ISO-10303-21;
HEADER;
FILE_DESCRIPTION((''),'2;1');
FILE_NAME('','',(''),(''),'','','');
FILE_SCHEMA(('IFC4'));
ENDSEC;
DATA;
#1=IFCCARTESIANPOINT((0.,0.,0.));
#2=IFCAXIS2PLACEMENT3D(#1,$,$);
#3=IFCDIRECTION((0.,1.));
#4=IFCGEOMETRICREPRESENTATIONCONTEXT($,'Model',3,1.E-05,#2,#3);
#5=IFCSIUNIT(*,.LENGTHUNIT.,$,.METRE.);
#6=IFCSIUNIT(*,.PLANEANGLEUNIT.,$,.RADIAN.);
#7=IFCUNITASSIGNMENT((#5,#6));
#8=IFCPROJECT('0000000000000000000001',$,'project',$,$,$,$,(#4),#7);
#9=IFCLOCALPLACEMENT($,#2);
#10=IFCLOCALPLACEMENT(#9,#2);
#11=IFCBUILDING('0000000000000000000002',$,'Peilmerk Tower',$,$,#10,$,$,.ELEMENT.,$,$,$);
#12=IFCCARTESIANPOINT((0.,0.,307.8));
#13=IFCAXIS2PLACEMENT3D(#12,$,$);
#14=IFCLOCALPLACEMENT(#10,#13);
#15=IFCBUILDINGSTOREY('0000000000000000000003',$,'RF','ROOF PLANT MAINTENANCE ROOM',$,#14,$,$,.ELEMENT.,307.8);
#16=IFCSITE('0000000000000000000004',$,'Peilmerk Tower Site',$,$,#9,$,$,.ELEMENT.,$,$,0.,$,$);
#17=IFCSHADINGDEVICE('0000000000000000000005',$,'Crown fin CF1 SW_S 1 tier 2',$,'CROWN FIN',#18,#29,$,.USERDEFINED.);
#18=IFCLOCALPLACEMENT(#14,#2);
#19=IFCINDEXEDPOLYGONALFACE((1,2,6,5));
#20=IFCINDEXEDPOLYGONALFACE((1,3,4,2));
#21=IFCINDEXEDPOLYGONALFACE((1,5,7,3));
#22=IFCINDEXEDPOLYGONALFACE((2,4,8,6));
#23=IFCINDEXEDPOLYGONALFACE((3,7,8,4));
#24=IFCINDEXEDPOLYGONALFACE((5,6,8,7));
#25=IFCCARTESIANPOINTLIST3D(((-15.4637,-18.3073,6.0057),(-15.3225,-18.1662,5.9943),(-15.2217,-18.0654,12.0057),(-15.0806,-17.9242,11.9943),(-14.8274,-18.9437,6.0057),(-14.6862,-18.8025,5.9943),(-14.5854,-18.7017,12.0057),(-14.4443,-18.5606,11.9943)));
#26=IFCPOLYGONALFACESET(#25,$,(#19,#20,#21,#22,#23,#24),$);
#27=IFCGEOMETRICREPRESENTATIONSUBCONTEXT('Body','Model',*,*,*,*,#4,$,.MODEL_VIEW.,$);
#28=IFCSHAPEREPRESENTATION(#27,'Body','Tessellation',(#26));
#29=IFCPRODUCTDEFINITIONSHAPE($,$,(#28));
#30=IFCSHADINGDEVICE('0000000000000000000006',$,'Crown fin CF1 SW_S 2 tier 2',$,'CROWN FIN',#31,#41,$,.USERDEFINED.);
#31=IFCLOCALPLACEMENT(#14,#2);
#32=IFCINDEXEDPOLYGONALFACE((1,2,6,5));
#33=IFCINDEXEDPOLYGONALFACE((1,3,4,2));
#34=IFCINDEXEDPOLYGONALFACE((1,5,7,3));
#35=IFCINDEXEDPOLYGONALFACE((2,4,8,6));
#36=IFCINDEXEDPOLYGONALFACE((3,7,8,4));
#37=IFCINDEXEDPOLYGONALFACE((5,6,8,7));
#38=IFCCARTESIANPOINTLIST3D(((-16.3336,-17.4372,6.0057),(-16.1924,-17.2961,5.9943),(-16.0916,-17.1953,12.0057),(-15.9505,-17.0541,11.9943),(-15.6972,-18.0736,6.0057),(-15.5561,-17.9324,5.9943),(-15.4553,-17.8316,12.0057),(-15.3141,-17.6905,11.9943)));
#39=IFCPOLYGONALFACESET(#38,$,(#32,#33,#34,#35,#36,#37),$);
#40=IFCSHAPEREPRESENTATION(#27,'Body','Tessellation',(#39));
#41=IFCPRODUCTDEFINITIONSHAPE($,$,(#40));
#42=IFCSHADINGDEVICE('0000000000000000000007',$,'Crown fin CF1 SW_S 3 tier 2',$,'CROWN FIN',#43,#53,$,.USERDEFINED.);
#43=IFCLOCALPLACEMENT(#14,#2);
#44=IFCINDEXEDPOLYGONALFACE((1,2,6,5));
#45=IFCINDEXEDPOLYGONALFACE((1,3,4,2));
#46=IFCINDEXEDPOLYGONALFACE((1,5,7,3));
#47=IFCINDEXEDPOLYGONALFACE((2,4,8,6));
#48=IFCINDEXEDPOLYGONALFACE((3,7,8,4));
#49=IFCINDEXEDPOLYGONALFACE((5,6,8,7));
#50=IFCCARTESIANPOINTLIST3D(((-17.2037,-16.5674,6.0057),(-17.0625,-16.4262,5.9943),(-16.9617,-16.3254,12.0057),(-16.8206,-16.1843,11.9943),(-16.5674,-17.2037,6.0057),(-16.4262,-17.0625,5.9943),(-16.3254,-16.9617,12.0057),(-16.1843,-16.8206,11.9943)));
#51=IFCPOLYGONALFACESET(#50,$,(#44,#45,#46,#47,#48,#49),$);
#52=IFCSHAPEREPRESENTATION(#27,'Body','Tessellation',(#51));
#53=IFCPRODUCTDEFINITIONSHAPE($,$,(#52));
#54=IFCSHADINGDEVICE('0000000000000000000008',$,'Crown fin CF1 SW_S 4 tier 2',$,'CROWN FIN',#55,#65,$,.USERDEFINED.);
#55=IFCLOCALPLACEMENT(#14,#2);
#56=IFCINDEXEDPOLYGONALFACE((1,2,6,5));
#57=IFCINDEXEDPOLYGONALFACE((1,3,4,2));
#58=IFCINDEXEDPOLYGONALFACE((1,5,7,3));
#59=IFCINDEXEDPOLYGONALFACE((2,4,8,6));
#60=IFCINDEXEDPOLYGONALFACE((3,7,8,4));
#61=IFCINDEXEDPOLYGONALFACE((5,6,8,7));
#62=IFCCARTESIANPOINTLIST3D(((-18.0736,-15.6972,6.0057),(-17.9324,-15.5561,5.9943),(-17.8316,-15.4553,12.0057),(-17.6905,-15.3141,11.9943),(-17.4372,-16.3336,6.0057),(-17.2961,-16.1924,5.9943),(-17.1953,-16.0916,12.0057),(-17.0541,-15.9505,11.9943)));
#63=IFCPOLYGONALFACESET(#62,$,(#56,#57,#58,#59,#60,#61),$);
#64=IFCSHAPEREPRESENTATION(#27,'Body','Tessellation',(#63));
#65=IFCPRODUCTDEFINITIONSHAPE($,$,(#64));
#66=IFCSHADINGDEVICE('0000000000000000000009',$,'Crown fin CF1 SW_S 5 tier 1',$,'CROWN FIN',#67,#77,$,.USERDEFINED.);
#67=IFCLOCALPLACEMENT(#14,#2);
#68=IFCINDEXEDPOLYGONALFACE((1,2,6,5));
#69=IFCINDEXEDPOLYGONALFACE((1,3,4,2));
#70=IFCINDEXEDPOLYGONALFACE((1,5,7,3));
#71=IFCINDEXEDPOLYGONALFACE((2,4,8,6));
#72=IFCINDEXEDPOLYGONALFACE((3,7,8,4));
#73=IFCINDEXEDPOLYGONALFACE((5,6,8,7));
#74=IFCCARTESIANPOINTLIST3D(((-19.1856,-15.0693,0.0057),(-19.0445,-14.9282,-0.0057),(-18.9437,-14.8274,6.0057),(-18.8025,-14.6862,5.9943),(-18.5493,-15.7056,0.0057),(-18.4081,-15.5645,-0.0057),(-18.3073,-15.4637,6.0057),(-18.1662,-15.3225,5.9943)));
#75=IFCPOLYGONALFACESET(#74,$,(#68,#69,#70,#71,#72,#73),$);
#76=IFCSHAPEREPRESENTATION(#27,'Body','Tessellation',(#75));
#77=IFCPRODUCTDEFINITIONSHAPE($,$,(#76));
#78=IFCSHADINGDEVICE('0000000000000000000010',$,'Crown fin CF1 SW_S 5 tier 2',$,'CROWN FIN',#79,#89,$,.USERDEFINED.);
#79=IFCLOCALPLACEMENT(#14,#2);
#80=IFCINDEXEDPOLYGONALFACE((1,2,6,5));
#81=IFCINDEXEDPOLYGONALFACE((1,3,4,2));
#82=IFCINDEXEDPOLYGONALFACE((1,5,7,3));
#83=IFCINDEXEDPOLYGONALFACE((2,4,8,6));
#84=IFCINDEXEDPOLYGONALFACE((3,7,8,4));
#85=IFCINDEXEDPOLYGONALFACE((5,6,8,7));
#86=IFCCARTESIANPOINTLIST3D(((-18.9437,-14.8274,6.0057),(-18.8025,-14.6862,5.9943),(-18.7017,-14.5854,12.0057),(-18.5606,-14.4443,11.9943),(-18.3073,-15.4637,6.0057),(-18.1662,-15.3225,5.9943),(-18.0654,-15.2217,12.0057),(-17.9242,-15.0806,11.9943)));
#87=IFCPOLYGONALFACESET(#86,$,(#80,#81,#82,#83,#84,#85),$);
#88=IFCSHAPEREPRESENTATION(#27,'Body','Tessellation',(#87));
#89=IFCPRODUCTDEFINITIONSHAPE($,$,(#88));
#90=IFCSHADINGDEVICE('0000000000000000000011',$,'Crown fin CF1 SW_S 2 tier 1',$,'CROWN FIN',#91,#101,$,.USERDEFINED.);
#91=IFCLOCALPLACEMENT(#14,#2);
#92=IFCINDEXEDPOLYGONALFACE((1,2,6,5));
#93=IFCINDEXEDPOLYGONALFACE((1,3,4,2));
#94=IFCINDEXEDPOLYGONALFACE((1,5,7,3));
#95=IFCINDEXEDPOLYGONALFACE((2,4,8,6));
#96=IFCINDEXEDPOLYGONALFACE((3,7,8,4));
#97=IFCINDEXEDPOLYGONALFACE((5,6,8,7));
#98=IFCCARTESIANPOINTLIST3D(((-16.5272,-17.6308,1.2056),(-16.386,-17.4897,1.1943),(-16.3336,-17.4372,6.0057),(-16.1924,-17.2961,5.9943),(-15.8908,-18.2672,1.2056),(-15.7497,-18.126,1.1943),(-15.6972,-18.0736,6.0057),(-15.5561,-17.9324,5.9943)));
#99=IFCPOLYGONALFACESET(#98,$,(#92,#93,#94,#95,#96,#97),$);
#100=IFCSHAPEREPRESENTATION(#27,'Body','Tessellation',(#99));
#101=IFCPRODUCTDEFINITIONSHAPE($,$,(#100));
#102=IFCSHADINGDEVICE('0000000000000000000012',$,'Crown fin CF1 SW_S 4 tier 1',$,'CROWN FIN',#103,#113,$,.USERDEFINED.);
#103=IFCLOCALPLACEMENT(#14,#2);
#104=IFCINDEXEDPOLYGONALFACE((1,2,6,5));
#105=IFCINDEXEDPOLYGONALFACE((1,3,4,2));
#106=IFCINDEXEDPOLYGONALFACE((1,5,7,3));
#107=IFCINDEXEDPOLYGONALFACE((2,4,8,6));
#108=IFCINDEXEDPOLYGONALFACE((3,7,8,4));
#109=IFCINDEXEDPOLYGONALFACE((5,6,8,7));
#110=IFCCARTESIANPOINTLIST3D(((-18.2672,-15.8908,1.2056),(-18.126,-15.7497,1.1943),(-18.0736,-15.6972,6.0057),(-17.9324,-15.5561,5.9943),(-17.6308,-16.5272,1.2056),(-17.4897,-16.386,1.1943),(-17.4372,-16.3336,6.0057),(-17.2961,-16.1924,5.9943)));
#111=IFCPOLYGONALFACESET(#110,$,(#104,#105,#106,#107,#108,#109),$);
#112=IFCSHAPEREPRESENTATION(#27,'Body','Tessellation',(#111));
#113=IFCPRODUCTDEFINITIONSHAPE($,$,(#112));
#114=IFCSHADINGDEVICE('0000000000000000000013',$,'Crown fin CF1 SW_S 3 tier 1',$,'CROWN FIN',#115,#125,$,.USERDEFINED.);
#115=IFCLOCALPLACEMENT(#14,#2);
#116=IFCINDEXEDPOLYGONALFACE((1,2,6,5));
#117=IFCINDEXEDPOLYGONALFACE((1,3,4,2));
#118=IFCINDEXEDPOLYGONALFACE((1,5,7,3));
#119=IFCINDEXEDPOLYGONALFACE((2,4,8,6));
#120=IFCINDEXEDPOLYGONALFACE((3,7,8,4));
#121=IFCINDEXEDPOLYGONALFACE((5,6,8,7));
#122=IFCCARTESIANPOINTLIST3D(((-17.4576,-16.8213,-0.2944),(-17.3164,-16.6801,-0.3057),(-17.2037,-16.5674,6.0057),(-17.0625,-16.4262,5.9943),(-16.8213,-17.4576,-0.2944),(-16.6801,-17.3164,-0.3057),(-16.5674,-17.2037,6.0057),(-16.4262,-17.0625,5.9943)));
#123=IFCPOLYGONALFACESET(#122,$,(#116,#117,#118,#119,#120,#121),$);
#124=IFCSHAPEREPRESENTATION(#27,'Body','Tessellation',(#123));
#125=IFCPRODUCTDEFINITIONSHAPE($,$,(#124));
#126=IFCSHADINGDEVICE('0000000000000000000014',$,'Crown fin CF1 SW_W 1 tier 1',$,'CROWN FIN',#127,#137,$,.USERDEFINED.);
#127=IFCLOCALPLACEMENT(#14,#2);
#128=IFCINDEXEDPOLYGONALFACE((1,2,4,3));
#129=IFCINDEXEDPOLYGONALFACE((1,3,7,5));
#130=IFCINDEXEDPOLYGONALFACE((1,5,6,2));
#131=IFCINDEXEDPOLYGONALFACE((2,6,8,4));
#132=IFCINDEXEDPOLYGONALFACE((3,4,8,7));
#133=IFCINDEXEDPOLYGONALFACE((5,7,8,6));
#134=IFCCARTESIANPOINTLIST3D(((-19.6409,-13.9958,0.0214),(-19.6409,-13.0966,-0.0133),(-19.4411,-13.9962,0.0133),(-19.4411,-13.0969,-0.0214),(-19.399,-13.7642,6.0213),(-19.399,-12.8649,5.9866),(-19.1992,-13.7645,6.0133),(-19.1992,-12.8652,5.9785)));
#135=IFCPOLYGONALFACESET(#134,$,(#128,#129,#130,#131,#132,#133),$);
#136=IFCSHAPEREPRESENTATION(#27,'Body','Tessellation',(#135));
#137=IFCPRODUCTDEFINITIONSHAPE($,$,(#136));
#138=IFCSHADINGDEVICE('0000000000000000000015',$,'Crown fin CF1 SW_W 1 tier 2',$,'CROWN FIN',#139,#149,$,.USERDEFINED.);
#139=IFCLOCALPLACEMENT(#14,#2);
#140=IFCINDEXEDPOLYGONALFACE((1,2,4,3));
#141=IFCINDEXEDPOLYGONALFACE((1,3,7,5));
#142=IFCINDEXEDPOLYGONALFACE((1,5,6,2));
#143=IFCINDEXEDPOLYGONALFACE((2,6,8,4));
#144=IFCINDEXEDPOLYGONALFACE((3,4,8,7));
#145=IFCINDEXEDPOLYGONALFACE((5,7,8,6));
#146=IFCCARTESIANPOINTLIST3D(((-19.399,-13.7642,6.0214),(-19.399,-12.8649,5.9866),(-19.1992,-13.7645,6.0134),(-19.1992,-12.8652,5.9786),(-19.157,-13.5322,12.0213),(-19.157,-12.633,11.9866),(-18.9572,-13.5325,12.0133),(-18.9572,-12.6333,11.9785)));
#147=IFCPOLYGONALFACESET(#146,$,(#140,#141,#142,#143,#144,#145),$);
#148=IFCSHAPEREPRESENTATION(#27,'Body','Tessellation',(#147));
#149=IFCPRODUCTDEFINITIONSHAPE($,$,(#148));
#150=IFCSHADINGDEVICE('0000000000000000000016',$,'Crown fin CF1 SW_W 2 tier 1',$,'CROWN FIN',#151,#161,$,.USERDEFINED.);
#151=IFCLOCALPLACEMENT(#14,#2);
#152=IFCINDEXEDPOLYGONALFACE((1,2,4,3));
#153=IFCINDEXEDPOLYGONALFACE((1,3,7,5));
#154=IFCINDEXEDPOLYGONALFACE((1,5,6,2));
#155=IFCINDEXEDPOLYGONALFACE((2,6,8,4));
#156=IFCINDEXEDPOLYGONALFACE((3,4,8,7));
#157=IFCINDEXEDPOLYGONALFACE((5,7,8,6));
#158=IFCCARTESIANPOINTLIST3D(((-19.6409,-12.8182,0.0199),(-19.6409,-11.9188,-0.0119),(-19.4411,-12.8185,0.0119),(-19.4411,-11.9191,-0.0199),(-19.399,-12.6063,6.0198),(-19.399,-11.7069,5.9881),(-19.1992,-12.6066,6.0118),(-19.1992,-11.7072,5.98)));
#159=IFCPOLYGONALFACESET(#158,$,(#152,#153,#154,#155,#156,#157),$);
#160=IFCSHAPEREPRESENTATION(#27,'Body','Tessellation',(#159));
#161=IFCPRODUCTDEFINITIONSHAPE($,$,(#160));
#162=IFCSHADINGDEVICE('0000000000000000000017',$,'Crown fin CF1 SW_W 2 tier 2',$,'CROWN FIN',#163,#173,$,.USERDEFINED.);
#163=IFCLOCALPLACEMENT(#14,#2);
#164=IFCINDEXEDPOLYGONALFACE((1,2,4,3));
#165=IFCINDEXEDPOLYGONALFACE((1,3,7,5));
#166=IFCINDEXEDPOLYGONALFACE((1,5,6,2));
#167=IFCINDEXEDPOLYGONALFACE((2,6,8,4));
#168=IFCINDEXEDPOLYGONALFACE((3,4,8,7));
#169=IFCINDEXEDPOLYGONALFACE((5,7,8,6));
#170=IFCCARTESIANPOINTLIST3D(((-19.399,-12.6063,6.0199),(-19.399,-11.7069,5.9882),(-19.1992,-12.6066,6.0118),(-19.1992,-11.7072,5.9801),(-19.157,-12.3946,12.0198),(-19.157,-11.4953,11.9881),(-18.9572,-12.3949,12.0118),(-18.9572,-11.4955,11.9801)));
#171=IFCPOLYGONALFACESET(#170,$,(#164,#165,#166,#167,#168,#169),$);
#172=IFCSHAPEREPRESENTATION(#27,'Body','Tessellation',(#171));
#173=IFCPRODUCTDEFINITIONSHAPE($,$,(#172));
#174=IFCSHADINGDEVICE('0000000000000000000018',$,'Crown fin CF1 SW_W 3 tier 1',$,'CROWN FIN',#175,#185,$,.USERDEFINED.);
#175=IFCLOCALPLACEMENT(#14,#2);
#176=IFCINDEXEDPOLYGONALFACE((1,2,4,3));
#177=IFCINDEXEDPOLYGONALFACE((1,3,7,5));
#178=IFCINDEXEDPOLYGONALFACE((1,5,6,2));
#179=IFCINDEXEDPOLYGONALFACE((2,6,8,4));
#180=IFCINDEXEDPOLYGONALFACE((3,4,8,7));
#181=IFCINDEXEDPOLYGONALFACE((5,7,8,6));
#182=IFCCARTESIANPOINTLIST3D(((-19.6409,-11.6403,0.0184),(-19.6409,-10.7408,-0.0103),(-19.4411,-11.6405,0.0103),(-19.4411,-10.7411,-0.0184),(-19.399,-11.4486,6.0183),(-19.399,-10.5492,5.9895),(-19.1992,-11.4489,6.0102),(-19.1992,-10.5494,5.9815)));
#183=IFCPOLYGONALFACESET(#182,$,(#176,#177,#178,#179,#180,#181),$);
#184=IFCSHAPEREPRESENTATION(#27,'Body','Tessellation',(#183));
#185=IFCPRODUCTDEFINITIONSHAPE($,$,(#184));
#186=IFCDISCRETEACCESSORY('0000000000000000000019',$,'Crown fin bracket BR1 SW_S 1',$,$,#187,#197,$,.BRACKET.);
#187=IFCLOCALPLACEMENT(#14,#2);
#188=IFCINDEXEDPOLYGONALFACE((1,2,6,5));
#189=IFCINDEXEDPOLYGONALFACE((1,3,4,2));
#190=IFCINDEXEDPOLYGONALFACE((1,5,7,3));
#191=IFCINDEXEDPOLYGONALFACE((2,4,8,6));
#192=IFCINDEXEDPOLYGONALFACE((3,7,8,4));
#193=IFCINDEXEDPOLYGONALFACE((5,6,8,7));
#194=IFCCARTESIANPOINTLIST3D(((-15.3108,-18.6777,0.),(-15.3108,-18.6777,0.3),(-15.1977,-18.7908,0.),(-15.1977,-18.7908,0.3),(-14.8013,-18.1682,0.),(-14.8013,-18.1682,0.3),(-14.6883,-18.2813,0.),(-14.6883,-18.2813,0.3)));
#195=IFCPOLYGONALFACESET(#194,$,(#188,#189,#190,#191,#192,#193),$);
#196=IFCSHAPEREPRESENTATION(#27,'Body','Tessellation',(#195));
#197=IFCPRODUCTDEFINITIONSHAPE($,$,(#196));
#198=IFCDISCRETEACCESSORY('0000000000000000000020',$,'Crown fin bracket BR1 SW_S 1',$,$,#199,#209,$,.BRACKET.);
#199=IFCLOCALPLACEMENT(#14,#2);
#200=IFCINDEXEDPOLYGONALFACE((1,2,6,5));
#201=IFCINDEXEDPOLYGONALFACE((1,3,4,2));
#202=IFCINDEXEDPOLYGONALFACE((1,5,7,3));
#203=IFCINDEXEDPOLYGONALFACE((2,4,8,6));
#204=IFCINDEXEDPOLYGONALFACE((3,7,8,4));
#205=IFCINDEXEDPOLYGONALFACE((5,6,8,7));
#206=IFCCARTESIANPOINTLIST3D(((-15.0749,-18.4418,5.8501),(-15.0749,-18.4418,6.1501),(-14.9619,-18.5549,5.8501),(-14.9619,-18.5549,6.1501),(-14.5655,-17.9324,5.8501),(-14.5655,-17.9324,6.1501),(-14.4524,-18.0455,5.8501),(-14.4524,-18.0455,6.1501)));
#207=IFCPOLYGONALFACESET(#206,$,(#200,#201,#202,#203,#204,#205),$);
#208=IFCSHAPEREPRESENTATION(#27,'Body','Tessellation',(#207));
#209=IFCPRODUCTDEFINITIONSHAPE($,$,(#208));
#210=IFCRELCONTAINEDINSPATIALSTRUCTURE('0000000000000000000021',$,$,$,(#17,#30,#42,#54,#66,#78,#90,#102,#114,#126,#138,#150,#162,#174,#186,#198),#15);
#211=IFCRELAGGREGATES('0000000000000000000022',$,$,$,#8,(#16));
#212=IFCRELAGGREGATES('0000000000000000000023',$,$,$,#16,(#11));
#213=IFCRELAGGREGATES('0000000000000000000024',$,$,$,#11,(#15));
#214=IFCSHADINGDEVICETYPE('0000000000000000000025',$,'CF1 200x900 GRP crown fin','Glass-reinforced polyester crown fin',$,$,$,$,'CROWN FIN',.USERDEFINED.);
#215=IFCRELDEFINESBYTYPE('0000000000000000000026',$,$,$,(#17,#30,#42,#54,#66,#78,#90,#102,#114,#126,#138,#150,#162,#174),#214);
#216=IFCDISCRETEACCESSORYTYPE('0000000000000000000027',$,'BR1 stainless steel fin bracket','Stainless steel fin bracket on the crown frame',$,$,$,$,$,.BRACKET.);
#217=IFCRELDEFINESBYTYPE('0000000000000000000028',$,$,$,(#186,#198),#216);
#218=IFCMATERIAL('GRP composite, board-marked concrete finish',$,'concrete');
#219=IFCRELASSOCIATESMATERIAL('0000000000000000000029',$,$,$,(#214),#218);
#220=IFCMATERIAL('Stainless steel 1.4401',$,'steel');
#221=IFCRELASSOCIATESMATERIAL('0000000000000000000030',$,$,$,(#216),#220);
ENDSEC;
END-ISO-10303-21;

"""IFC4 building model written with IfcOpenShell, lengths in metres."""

from ifc_helpers import new_model, si_unit, direction, frame, origin, origin_2d, place, context, subcontext, project, spatial, rectangle, extrude, source, transform, mapped, material, material_profile, profile_set, type_object, element, save


model = new_model("IFC4")

# Units and contexts
model_context = context("Model", 3, precision=1e-05, world=origin(), true_north=direction((0.0, 1.0)))
body_context = subcontext(model_context, "Body", "Model", "MODEL_VIEW")
ifc_project = project(units=[si_unit("LENGTHUNIT", "METRE"), si_unit("PLANEANGLEUNIT", "RADIAN")], contexts=[model_context])

# Site, building, storey
site_placement = place(None, origin())
site = spatial("IfcSite", under=ifc_project, at=site_placement, Name="Peilmerk Tower Site", CompositionType="ELEMENT", RefElevation=0.0)
building_placement = place(site_placement, origin())
building = spatial("IfcBuilding", under=site, at=building_placement, Name="Peilmerk Tower", CompositionType="ELEMENT")
storey_placement = place(building_placement, frame((0.0, 0.0, 307.8)))
storey = spatial("IfcBuildingStorey", under=building, at=storey_placement, Name="RF", Description="ROOF PLANT MAINTENANCE ROOM", CompositionType="ELEMENT", Elevation=307.8)

# Shading devices
ifc_material_1 = material(Name="GRP composite, board-marked concrete finish", Category="concrete")
ifc_material_profile_1 = material_profile(ifc_material_1, rectangle(XDim=0.2, YDim=0.8999, at=origin_2d()), Name="CF1 200x900")
ifc_profile_set_1 = profile_set([ifc_material_profile_1], Name="GRP composite, board-marked concrete finish")
shading_device_type = type_object("IfcShadingDeviceType", Name="CF1 200x900 GRP crown fin", Description="Glass-reinforced polyester crown fin", ElementType="CROWN FIN", PredefinedType="USERDEFINED", material=ifc_profile_set_1)
shared_shape_1 = source(origin(), body_context, "Body", "SweptSolid", [
    extrude(rectangle(XDim=0.2, YDim=0.8999, at=origin_2d()), origin(), (0.0, 0.0, 1.0), 6.0098),
])
for number, where, z_axis, x_axis, name in (
    (1, (-15.075, -18.5549, 6.0), (0.040258, 0.040258, 0.998378), (-0.70596, -0.70596, 0.056934), "Crown fin CF1 SW_S 1 tier 2"),
    (2, (-15.9448, -17.6848, 6.0), (0.040258, 0.040258, 0.998378), (-0.70596, -0.70596, 0.056934), "Crown fin CF1 SW_S 2 tier 2"),
    (3, (-16.8149, -16.8149, 6.0), (0.040258, 0.040258, 0.998378), (-0.70596, -0.70596, 0.056934), "Crown fin CF1 SW_S 3 tier 2"),
    (4, (-17.6848, -15.9448, 6.0), (0.040258, 0.040258, 0.998378), (-0.70596, -0.70596, 0.056934), "Crown fin CF1 SW_S 4 tier 2"),
    (5, (-18.7969, -15.3169, 0.0), (0.040258, 0.040258, 0.998378), (-0.70596, -0.70596, 0.056934), "Crown fin CF1 SW_S 5 tier 1"),
    (6, (-18.5549, -15.075, 6.0), (0.040258, 0.040258, 0.998378), (-0.70596, -0.70596, 0.056934), "Crown fin CF1 SW_S 5 tier 2"),
):
    element("IfcShadingDevice", number, at=place(storey_placement, frame(where, z_axis=z_axis, x_axis=x_axis)), inside=storey, type_object=shading_device_type, Name=name, ObjectType="CROWN FIN", PredefinedType="USERDEFINED", context=body_context, shape_type="MappedRepresentation", body=[
        mapped(shared_shape_1, transform((0.0, 0.0, 0.0), scale=1.0)),
    ])
shared_shape_2 = source(origin(), body_context, "Body", "SweptSolid", [
    extrude(rectangle(XDim=0.2, YDim=0.8999, at=origin_2d()), origin(), (0.0, 0.0, 1.0), 4.8079),
])
for number, where, z_axis, x_axis, name in (
    (7, (-16.1384, -17.8784, 1.2), (0.040268, 0.040268, 0.998377), (-0.705959, -0.705959, 0.056948), "Crown fin CF1 SW_S 2 tier 1"),
    (8, (-17.8784, -16.1384, 1.2), (0.040268, 0.040268, 0.998377), (-0.705959, -0.705959, 0.056948), "Crown fin CF1 SW_S 4 tier 1"),
):
    element("IfcShadingDevice", number, at=place(storey_placement, frame(where, z_axis=z_axis, x_axis=x_axis)), inside=storey, type_object=shading_device_type, Name=name, ObjectType="CROWN FIN", PredefinedType="USERDEFINED", context=body_context, shape_type="MappedRepresentation", body=[
        mapped(shared_shape_2, transform((0.0, 0.0, 0.0), scale=1.0)),
    ])
shared_shape_3 = source(origin(), body_context, "Body", "SweptSolid", [
    extrude(rectangle(XDim=0.2, YDim=0.8999, at=origin_2d()), origin(), (0.0, 0.0, 1.0), 6.3103),
])
shading_device_1_placement = place(storey_placement, frame((-17.0688, -17.0688, -0.3), z_axis=(0.040237, 0.040237, 0.99838), x_axis=(-0.705961, -0.705961, 0.056904)))
element("IfcShadingDevice", 9, at=shading_device_1_placement, inside=storey, type_object=shading_device_type, Name="Crown fin CF1 SW_S 3 tier 1", ObjectType="CROWN FIN", PredefinedType="USERDEFINED", context=body_context, shape_type="MappedRepresentation", body=[
    mapped(shared_shape_3, transform((0.0, 0.0, 0.0), scale=1.0)),
])
shared_shape_4 = source(origin(), body_context, "Body", "SweptSolid", [
    extrude(rectangle(XDim=0.2, YDim=0.8999, at=origin_2d()), origin(), (0.0, 0.0, 1.0), 6.0093),
])
for number, where, z_axis, x_axis, name in (
    (10, (-19.541, -13.5464, 0.0), (0.040261, 0.038555, 0.998445), (-0.999189, 0.001554, 0.040231), "Crown fin CF1 SW_W 1 tier 1"),
    (11, (-19.2991, -13.3147, 6.0), (0.040261, 0.038595, 0.998444), (-0.999189, 0.001555, 0.040231), "Crown fin CF1 SW_W 1 tier 2"),
):
    element("IfcShadingDevice", number, at=place(storey_placement, frame(where, z_axis=z_axis, x_axis=x_axis)), inside=storey, type_object=shading_device_type, Name=name, ObjectType="CROWN FIN", PredefinedType="USERDEFINED", context=body_context, shape_type="MappedRepresentation", body=[
        mapped(shared_shape_4, transform((0.0, 0.0, 0.0), scale=1.0)),
    ])
shared_shape_5 = source(origin(), body_context, "Body", "SweptSolid", [
    extrude(rectangle(XDim=0.2, YDim=0.8999, at=origin_2d()), origin(), (0.0, 0.0, 1.0), 6.0085),
])
for number, where, z_axis, x_axis, name in (
    (12, (-19.541, -12.3687, 0.0), (0.040266, 0.035268, 0.998566), (-0.999189, 0.001421, 0.040241), "Crown fin CF1 SW_W 2 tier 1"),
    (13, (-19.2991, -12.1567, 6.0), (0.040266, 0.035228, 0.998568), (-0.999189, 0.00142, 0.040241), "Crown fin CF1 SW_W 2 tier 2"),
):
    element("IfcShadingDevice", number, at=place(storey_placement, frame(where, z_axis=z_axis, x_axis=x_axis)), inside=storey, type_object=shading_device_type, Name=name, ObjectType="CROWN FIN", PredefinedType="USERDEFINED", context=body_context, shape_type="MappedRepresentation", body=[
        mapped(shared_shape_5, transform((0.0, 0.0, 0.0), scale=1.0)),
    ])
shared_shape_6 = source(origin(), body_context, "Body", "SweptSolid", [
    extrude(rectangle(XDim=0.2, YDim=0.8999, at=origin_2d()), origin(), (0.0, 0.0, 1.0), 6.0078),
])
shading_device_2_placement = place(storey_placement, frame((-19.541, -11.1907, 0.0), z_axis=(0.040271, 0.0319, 0.998679), x_axis=(-0.999189, 0.001286, 0.04025)))
element("IfcShadingDevice", 14, at=shading_device_2_placement, inside=storey, type_object=shading_device_type, Name="Crown fin CF1 SW_W 3 tier 1", ObjectType="CROWN FIN", PredefinedType="USERDEFINED", context=body_context, shape_type="MappedRepresentation", body=[
    mapped(shared_shape_6, transform((0.0, 0.0, 0.0), scale=1.0)),
])

# Discrete accessories
ifc_material_2 = material(Name="Stainless steel 1.4401", Category="steel")
discrete_accessory_type = type_object("IfcDiscreteAccessoryType", Name="BR1 stainless steel fin bracket", Description="Stainless steel fin bracket on the crown frame", PredefinedType="BRACKET", material=ifc_material_2)
shared_shape_7 = source(origin(), body_context, "Body", "SweptSolid", [
    extrude(rectangle(XDim=0.7205, YDim=0.1599, at=origin_2d()), origin(), (0.0, 0.0, 1.0), 0.3),
])
for number, where, z_axis, x_axis, name in (
    (15, (-14.9995, -18.4795, 0.0), (0.0, 0.0, 1.0), (-0.707107, -0.707107, 0.0), "Crown fin bracket BR1 SW_S 1"),
    (16, (-14.7637, -18.2437, 5.8501), (0.0, 0.0, 1.0), (-0.707107, -0.707107, 0.0), "Crown fin bracket BR1 SW_S 1"),
):
    element("IfcDiscreteAccessory", number, at=place(storey_placement, frame(where, z_axis=z_axis, x_axis=x_axis)), inside=storey, type_object=discrete_accessory_type, Name=name, PredefinedType="BRACKET", context=body_context, shape_type="MappedRepresentation", body=[
        mapped(shared_shape_7, transform((0.0, 0.0, 0.0), scale=1.0)),
    ])

save(model, "model.ifc")
